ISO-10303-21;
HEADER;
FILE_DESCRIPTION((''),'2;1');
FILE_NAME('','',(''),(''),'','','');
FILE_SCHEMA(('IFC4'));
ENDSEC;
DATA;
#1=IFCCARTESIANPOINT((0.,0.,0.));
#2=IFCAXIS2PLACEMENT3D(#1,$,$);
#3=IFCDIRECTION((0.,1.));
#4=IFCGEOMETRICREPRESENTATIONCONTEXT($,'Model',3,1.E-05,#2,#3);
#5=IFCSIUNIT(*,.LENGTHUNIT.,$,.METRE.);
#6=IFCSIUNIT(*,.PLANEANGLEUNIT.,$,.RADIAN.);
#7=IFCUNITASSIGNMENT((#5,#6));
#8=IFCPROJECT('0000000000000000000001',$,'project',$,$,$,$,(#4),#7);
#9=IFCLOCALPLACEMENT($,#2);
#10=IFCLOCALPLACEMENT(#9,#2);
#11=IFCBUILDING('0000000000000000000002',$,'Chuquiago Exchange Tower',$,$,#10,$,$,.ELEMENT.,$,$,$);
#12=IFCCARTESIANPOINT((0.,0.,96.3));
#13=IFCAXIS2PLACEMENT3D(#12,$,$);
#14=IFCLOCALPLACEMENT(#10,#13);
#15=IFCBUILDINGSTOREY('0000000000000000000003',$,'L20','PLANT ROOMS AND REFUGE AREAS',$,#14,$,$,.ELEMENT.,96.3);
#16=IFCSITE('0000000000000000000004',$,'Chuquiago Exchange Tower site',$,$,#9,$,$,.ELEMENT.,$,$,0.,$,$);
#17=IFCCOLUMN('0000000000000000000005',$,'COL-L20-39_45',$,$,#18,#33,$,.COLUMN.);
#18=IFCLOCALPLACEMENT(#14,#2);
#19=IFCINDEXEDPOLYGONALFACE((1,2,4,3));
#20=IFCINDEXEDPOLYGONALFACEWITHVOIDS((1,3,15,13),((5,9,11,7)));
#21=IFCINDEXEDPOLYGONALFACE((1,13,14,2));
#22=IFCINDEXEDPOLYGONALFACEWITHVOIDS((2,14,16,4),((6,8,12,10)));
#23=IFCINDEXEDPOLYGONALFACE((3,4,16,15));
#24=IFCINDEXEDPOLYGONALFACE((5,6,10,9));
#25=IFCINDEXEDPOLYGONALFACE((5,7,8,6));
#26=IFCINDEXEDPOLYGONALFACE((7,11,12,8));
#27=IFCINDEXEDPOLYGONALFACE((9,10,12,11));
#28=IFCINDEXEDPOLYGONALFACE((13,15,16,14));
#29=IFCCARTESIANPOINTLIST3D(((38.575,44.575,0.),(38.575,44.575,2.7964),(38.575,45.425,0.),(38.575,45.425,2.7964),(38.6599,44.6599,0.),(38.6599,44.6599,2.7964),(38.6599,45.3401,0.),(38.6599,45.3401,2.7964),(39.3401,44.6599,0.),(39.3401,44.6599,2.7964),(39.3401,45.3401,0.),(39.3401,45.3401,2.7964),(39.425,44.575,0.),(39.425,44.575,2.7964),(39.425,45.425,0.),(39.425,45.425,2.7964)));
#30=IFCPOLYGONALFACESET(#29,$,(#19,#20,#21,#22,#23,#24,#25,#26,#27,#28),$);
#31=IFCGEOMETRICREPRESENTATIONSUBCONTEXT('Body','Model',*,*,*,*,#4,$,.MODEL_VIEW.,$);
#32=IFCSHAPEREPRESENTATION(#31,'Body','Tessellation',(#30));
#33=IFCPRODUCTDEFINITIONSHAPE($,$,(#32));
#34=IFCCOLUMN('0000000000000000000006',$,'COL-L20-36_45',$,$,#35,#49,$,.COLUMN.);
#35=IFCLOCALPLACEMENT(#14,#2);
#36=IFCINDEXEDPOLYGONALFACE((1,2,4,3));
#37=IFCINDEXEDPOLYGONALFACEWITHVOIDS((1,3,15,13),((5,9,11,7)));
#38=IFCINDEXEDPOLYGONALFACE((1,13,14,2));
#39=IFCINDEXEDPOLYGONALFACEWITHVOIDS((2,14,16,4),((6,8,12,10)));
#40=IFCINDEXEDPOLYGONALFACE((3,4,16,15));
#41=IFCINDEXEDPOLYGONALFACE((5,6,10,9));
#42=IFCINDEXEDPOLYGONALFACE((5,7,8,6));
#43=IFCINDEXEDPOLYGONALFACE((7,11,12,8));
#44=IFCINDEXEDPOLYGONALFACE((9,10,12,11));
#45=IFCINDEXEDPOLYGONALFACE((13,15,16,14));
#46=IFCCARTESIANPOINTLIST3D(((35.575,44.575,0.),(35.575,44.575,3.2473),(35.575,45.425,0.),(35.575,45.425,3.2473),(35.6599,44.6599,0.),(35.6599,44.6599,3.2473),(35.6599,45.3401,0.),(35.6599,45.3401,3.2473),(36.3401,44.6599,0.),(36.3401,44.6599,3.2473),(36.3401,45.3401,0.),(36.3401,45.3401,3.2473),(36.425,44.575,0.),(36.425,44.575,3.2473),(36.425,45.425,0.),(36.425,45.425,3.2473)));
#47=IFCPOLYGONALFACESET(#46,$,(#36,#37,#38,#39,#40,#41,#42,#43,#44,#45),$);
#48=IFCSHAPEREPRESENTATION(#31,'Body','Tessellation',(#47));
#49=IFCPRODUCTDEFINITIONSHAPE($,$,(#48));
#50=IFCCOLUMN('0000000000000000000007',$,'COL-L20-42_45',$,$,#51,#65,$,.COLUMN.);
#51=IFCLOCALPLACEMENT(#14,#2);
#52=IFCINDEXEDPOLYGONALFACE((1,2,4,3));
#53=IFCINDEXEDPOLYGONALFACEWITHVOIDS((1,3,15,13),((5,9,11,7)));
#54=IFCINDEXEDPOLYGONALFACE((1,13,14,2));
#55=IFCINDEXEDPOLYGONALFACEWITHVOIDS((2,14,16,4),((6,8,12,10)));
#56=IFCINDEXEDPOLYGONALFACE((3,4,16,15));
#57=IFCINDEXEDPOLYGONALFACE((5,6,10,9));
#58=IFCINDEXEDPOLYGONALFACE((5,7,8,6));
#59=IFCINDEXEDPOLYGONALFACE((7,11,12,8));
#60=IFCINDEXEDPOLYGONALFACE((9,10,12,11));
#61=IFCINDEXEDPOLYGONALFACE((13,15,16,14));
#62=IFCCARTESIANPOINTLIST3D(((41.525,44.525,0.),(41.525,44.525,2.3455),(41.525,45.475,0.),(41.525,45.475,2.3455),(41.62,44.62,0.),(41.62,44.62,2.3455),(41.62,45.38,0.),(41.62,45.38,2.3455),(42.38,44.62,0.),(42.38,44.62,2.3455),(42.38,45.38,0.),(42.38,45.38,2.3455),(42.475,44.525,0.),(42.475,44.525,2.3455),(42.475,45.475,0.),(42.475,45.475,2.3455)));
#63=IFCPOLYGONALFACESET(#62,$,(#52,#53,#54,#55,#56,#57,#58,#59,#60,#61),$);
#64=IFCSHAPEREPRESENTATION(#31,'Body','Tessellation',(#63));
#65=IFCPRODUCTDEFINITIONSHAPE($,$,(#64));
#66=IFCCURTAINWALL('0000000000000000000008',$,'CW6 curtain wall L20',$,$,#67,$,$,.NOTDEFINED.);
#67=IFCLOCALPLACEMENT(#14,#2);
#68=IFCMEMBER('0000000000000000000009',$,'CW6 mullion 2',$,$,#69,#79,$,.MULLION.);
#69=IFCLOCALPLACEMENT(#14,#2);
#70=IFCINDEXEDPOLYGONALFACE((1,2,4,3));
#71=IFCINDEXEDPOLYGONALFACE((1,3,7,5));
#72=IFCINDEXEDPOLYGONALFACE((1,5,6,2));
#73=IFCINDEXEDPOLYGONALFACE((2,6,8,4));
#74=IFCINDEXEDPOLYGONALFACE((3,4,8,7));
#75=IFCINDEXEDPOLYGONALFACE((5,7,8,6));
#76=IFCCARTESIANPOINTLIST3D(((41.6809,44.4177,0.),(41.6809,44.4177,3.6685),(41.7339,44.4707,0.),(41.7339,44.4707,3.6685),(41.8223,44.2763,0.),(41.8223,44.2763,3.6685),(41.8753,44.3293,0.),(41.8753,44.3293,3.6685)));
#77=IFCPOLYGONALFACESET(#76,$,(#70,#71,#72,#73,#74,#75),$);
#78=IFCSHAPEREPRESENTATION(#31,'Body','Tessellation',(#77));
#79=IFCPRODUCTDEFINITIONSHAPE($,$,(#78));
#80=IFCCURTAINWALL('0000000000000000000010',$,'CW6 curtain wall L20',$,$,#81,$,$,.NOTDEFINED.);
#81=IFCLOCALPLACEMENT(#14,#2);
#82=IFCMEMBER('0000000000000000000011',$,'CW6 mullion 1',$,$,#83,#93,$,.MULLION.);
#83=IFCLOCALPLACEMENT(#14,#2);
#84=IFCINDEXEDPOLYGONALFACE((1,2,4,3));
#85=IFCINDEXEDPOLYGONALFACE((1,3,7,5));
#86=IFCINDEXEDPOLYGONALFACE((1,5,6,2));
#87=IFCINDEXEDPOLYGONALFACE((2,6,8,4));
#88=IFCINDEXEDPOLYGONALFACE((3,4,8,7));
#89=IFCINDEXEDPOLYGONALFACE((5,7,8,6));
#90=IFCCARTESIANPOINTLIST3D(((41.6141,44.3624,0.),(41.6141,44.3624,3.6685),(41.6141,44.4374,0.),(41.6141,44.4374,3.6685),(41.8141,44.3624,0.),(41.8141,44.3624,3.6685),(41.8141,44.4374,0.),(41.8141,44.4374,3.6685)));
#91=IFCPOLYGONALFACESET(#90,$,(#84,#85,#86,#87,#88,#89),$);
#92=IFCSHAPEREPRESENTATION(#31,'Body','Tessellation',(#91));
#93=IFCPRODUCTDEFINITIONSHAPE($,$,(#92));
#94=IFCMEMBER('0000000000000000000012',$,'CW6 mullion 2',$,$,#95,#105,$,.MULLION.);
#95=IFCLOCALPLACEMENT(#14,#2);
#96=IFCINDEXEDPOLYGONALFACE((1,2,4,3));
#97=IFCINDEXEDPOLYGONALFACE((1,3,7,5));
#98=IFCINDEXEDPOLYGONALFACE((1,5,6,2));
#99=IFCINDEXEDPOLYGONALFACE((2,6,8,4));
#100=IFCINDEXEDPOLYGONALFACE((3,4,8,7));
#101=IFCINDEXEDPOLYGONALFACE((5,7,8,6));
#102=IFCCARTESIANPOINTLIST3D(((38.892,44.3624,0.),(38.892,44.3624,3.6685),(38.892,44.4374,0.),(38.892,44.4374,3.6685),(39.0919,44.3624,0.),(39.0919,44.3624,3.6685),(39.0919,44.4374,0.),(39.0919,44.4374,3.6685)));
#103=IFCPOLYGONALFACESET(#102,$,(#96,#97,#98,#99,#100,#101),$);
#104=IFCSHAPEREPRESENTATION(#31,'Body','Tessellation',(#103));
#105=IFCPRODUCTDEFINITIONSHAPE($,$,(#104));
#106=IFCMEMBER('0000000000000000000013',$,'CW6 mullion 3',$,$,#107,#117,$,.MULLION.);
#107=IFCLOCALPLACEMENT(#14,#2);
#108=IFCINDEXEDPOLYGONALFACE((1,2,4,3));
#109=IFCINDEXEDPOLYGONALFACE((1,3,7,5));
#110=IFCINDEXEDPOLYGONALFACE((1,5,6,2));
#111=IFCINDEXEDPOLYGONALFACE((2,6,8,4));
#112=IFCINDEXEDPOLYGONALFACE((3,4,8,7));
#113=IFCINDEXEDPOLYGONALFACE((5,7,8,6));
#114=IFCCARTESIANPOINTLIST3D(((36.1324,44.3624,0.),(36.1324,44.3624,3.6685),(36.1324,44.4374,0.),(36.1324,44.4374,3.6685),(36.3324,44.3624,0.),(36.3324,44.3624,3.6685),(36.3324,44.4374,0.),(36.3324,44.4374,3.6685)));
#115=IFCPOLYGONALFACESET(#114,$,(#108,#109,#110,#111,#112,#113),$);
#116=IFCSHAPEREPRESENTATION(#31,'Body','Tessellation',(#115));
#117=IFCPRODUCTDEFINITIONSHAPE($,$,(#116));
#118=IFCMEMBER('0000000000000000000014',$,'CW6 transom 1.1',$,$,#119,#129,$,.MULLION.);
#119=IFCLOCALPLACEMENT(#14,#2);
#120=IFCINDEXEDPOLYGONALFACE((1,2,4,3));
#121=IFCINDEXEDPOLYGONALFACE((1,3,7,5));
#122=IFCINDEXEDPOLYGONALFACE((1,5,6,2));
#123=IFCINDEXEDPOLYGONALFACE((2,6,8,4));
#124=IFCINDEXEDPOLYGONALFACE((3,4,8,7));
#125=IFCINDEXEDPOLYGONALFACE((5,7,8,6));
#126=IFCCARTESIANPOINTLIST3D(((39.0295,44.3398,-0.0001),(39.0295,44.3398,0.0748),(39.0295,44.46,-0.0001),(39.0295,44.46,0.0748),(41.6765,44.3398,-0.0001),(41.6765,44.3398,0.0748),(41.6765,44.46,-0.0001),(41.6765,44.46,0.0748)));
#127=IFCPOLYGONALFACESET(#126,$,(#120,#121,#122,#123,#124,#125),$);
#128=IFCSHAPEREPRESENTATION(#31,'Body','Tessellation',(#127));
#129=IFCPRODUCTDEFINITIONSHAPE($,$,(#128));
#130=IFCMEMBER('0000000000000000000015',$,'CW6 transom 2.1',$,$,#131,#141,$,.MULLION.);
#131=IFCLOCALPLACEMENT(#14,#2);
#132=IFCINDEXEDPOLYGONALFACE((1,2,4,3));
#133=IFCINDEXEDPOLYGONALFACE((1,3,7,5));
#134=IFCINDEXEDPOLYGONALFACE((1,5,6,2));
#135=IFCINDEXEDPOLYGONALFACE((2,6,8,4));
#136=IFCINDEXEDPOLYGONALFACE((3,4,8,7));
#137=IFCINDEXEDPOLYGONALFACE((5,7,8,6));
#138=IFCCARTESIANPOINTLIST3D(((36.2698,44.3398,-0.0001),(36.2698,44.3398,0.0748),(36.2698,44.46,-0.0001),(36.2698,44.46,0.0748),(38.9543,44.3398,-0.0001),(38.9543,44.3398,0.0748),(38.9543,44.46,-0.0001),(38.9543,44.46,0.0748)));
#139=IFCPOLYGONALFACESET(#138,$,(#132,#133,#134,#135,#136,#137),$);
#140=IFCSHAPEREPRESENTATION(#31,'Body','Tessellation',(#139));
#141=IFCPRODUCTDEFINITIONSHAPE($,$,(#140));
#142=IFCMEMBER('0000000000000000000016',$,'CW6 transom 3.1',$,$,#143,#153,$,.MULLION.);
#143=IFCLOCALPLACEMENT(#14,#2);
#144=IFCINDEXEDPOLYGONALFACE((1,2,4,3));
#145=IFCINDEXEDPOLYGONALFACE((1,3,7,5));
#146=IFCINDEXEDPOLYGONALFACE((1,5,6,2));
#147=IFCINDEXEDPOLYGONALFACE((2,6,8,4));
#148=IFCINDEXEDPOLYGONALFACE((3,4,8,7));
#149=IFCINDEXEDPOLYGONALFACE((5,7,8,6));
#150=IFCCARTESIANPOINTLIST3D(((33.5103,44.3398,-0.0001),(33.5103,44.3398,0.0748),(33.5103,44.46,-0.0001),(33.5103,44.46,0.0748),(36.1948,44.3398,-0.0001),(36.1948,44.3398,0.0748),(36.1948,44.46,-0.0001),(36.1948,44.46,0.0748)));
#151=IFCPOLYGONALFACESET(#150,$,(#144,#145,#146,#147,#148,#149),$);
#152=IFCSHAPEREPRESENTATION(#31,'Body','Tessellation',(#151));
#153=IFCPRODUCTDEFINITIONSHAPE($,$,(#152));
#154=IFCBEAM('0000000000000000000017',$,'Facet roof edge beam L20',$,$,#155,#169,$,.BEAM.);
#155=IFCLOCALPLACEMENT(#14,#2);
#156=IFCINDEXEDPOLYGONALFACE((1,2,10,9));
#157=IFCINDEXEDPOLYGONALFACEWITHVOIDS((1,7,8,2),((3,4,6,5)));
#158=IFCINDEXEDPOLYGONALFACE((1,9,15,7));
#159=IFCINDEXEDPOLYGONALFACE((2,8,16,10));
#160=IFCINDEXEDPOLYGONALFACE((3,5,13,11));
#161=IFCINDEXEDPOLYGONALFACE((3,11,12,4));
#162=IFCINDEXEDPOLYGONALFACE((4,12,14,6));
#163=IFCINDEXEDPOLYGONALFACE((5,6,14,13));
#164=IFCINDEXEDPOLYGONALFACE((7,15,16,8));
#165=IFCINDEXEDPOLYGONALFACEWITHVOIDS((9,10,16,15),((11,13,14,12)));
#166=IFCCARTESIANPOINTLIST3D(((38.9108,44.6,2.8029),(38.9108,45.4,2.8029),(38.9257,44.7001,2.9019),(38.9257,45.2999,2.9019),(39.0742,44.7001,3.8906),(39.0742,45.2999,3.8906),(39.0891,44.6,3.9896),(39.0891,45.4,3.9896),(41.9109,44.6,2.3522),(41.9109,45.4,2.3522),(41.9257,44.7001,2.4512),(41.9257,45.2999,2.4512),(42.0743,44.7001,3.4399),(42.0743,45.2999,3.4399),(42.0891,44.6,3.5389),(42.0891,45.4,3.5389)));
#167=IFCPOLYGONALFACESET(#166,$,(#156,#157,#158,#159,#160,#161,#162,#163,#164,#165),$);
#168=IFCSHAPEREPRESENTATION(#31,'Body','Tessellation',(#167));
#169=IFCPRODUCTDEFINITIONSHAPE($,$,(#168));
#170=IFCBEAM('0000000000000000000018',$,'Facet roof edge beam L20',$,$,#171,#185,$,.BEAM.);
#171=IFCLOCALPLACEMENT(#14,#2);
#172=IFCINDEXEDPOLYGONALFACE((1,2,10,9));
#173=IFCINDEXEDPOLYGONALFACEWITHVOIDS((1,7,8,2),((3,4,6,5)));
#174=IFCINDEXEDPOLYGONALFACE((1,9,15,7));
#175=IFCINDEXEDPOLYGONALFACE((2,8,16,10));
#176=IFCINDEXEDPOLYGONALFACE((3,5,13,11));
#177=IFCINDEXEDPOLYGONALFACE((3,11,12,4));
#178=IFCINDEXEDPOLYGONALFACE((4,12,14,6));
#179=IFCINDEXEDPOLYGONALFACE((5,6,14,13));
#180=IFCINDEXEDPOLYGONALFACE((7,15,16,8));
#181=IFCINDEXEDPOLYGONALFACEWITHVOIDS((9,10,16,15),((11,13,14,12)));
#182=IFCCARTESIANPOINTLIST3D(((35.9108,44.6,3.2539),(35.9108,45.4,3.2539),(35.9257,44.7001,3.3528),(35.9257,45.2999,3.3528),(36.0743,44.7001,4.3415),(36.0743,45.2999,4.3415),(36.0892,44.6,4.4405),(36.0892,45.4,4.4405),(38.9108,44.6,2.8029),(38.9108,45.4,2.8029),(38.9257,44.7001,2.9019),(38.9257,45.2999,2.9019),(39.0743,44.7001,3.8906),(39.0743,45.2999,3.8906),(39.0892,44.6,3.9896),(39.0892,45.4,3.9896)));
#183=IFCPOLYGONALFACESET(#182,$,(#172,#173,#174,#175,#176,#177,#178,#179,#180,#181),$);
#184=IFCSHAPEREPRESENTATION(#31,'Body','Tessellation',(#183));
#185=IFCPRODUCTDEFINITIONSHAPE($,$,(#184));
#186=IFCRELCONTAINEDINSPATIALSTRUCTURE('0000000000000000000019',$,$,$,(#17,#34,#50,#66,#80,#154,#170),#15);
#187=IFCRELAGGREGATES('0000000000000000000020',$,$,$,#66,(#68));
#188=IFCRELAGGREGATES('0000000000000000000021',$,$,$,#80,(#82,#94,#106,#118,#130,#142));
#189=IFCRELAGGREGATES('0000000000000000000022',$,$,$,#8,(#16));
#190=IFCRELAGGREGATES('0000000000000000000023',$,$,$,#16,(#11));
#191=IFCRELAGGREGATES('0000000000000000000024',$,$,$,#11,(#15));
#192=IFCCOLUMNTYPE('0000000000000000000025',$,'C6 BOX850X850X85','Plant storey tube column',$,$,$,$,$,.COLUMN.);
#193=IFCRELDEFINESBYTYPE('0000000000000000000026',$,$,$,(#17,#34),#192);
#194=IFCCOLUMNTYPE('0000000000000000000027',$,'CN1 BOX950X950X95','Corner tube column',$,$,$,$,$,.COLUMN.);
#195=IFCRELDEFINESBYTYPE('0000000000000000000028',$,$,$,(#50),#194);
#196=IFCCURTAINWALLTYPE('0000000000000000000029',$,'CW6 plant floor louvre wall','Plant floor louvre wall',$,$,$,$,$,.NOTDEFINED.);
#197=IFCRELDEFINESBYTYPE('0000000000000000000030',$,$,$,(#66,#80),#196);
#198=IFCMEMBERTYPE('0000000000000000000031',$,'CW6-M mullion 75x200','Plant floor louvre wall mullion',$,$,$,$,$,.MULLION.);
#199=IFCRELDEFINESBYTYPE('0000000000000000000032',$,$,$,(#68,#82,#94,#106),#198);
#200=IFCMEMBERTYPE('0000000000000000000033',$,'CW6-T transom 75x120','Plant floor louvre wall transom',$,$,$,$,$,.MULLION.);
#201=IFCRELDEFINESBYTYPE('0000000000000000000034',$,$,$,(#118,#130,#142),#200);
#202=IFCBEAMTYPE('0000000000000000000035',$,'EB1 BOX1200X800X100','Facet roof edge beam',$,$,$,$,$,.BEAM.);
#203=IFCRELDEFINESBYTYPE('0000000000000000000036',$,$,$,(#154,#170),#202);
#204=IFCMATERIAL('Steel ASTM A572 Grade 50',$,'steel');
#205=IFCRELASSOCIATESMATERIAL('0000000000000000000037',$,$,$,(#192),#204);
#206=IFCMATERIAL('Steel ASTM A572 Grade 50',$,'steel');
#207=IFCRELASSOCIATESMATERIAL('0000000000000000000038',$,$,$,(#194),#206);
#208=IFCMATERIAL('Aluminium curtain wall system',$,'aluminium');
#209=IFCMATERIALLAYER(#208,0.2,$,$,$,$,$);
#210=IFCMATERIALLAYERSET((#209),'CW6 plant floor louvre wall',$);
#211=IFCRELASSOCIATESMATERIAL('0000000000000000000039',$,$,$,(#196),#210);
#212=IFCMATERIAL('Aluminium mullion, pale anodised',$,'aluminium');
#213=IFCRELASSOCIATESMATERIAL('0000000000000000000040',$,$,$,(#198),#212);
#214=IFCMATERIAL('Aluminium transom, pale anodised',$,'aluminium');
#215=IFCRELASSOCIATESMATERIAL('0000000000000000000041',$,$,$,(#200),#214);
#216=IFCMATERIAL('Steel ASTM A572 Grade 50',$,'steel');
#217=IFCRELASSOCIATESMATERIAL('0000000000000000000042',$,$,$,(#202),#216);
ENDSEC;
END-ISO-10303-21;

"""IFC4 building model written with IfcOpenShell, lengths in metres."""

from ifc_helpers import new_model, si_unit, direction, frame, origin, origin_2d, place, context, subcontext, project, spatial, rectangle, hollow_rectangle, extrude, material, layer, layer_set, material_profile, profile_set, type_object, element, aggregate, save


model = new_model("IFC4")

# Units and contexts
model_context = context("Model", 3, precision=1e-05, world=origin(), true_north=direction((0.0, 1.0)))
body_context = subcontext(model_context, "Body", "Model", "MODEL_VIEW")
ifc_project = project(units=[si_unit("LENGTHUNIT", "METRE"), si_unit("PLANEANGLEUNIT", "RADIAN")], contexts=[model_context])

# Site, building, storey
site_placement = place(None, origin())
site = spatial("IfcSite", under=ifc_project, at=site_placement, Name="Chuquiago Exchange Tower site", CompositionType="ELEMENT", RefElevation=0.0)
building_placement = place(site_placement, origin())
building = spatial("IfcBuilding", under=site, at=building_placement, Name="Chuquiago Exchange Tower", CompositionType="ELEMENT")
storey_placement = place(building_placement, frame((0.0, 0.0, 96.3)))
storey = spatial("IfcBuildingStorey", under=building, at=storey_placement, Name="L20", Description="PLANT ROOMS AND REFUGE AREAS", CompositionType="ELEMENT", Elevation=96.3)

# Columns
ifc_material_1 = material(Name="Steel ASTM A572 Grade 50", Category="steel")
ifc_material_profile_1 = material_profile(ifc_material_1, hollow_rectangle(XDim=0.8501, YDim=0.8501, WallThickness=0.085, at=origin_2d()), Name="BOX850X850X85")
ifc_profile_set_1 = profile_set([ifc_material_profile_1], Name="Steel ASTM A572 Grade 50")
column_type_1 = type_object("IfcColumnType", Name="C6 BOX850X850X85", Description="Plant storey tube column", PredefinedType="COLUMN", material=ifc_profile_set_1)
column_1_placement = place(storey_placement, frame((39.0, 45.0, 0.0), z_axis=(0.0, 0.0, 1.0), x_axis=(0.0, 1.0, 0.0)))
element("IfcColumn", 1, at=column_1_placement, inside=storey, type_object=column_type_1, Name="COL-L20-39_45", PredefinedType="COLUMN", context=body_context, shape_type="SweptSolid", body=[
    extrude(hollow_rectangle(XDim=0.8501, YDim=0.8501, WallThickness=0.085, at=origin_2d()), origin(), (0.0, 0.0, 1.0), 2.7964),
])
column_2_placement = place(storey_placement, frame((36.0, 45.0, 0.0), z_axis=(0.0, 0.0, 1.0), x_axis=(0.0, 1.0, 0.0)))
element("IfcColumn", 2, at=column_2_placement, inside=storey, type_object=column_type_1, Name="COL-L20-36_45", PredefinedType="COLUMN", context=body_context, shape_type="SweptSolid", body=[
    extrude(hollow_rectangle(XDim=0.8501, YDim=0.8501, WallThickness=0.085, at=origin_2d()), origin(), (0.0, 0.0, 1.0), 3.2473),
])
ifc_material_2 = material(Name="Steel ASTM A572 Grade 50", Category="steel")
ifc_material_profile_2 = material_profile(ifc_material_2, hollow_rectangle(XDim=0.95, YDim=0.95, WallThickness=0.095, at=origin_2d()), Name="BOX950X950X95")
ifc_profile_set_2 = profile_set([ifc_material_profile_2], Name="Steel ASTM A572 Grade 50")
column_type_2 = type_object("IfcColumnType", Name="CN1 BOX950X950X95", Description="Corner tube column", PredefinedType="COLUMN", material=ifc_profile_set_2)
column_3_placement = place(storey_placement, frame((42.0, 45.0, 0.0), z_axis=(0.0, 0.0, 1.0), x_axis=(0.0, 1.0, 0.0)))
element("IfcColumn", 3, at=column_3_placement, inside=storey, type_object=column_type_2, Name="COL-L20-42_45", PredefinedType="COLUMN", context=body_context, shape_type="SweptSolid", body=[
    extrude(hollow_rectangle(XDim=0.95, YDim=0.95, WallThickness=0.095, at=origin_2d()), origin(), (0.0, 0.0, 1.0), 2.3455),
])

# Curtain wall, member
ifc_material_3 = material(Name="Aluminium curtain wall system", Category="aluminium")
ifc_layer_1 = layer(ifc_material_3, 0.2)
ifc_layer_set_1 = layer_set([ifc_layer_1], Name="CW6 plant floor louvre wall")
curtain_wall_type = type_object("IfcCurtainWallType", Name="CW6 plant floor louvre wall", Description="Plant floor louvre wall", PredefinedType="NOTDEFINED", material=ifc_layer_set_1)
curtain_wall_1_placement = place(storey_placement, origin())
curtain_wall_1 = element("IfcCurtainWall", 4, at=curtain_wall_1_placement, inside=storey, type_object=curtain_wall_type, Name="CW6 curtain wall L20", PredefinedType="NOTDEFINED")
ifc_material_4 = material(Name="Aluminium mullion, pale anodised", Category="aluminium")
ifc_material_profile_3 = material_profile(ifc_material_4, rectangle(XDim=0.075, YDim=0.2, at=origin_2d()), Name="AL 75x200")
ifc_profile_set_3 = profile_set([ifc_material_profile_3], Name="Aluminium mullion, pale anodised")
member_type_1 = type_object("IfcMemberType", Name="CW6-M mullion 75x200", Description="Plant floor louvre wall mullion", PredefinedType="MULLION", material=ifc_profile_set_3)
member_1_placement = place(storey_placement, frame((41.7781, 44.3735, 0.0), z_axis=(0.0, 0.0, 1.0), x_axis=(-0.707107, -0.707107, 0.0)))
member_1 = element("IfcMember", 5, at=member_1_placement, type_object=member_type_1, Name="CW6 mullion 2", PredefinedType="MULLION", context=body_context, shape_type="SweptSolid", body=[
    extrude(rectangle(XDim=0.075, YDim=0.2, at=origin_2d()), origin(), (0.0, 0.0, 1.0), 3.6685),
])
aggregate(curtain_wall_1, [member_1])

# Curtain wall, members
curtain_wall_2_placement = place(storey_placement, origin())
curtain_wall_2 = element("IfcCurtainWall", 6, at=curtain_wall_2_placement, inside=storey, type_object=curtain_wall_type, Name="CW6 curtain wall L20", PredefinedType="NOTDEFINED")
member_2_placement = place(storey_placement, frame((41.7141, 44.3999, 0.0), z_axis=(0.0, 0.0, 1.0), x_axis=(0.0, -1.0, 0.0)))
member_2 = element("IfcMember", 7, at=member_2_placement, type_object=member_type_1, Name="CW6 mullion 1", PredefinedType="MULLION", context=body_context, shape_type="SweptSolid", body=[
    extrude(rectangle(XDim=0.075, YDim=0.2, at=origin_2d()), origin(), (0.0, 0.0, 1.0), 3.6685),
])
member_3_placement = place(storey_placement, frame((38.9919, 44.3999, 0.0), z_axis=(0.0, 0.0, 1.0), x_axis=(0.0, -1.0, 0.0)))
member_3 = element("IfcMember", 8, at=member_3_placement, type_object=member_type_1, Name="CW6 mullion 2", PredefinedType="MULLION", context=body_context, shape_type="SweptSolid", body=[
    extrude(rectangle(XDim=0.075, YDim=0.2, at=origin_2d()), origin(), (0.0, 0.0, 1.0), 3.6685),
])
member_4_placement = place(storey_placement, frame((36.2324, 44.3999, 0.0), z_axis=(0.0, 0.0, 1.0), x_axis=(0.0, -1.0, 0.0)))
member_4 = element("IfcMember", 9, at=member_4_placement, type_object=member_type_1, Name="CW6 mullion 3", PredefinedType="MULLION", context=body_context, shape_type="SweptSolid", body=[
    extrude(rectangle(XDim=0.075, YDim=0.2, at=origin_2d()), origin(), (0.0, 0.0, 1.0), 3.6685),
])
ifc_material_5 = material(Name="Aluminium transom, pale anodised", Category="aluminium")
ifc_material_profile_4 = material_profile(ifc_material_5, rectangle(XDim=0.1201, YDim=0.075, at=origin_2d()), Name="AL 120x75")
ifc_profile_set_4 = profile_set([ifc_material_profile_4], Name="Aluminium transom, pale anodised")
member_type_2 = type_object("IfcMemberType", Name="CW6-T transom 75x120", Description="Plant floor louvre wall transom", PredefinedType="MULLION", material=ifc_profile_set_4)
member_5_placement = place(storey_placement, frame((41.6765, 44.3999, 0.0374), z_axis=(-1.0, 0.0, 0.0), x_axis=(0.0, -1.0, 0.0)))
member_5 = element("IfcMember", 10, at=member_5_placement, type_object=member_type_2, Name="CW6 transom 1.1", PredefinedType="MULLION", context=body_context, shape_type="SweptSolid", body=[
    extrude(rectangle(XDim=0.1201, YDim=0.075, at=origin_2d()), origin(), (0.0, 0.0, 1.0), 2.647),
])
member_6_placement = place(storey_placement, frame((38.9543, 44.3999, 0.0374), z_axis=(-1.0, 0.0, 0.0), x_axis=(0.0, -1.0, 0.0)))
member_6 = element("IfcMember", 11, at=member_6_placement, type_object=member_type_2, Name="CW6 transom 2.1", PredefinedType="MULLION", context=body_context, shape_type="SweptSolid", body=[
    extrude(rectangle(XDim=0.1201, YDim=0.075, at=origin_2d()), origin(), (0.0, 0.0, 1.0), 2.6846),
])
member_7_placement = place(storey_placement, frame((36.1948, 44.3999, 0.0374), z_axis=(-1.0, 0.0, 0.0), x_axis=(0.0, -1.0, 0.0)))
member_7 = element("IfcMember", 12, at=member_7_placement, type_object=member_type_2, Name="CW6 transom 3.1", PredefinedType="MULLION", context=body_context, shape_type="SweptSolid", body=[
    extrude(rectangle(XDim=0.1201, YDim=0.075, at=origin_2d()), origin(), (0.0, 0.0, 1.0), 2.6846),
])

# Beams
ifc_material_6 = material(Name="Steel ASTM A572 Grade 50", Category="steel")
ifc_material_profile_5 = material_profile(ifc_material_6, hollow_rectangle(XDim=0.8, YDim=1.2, WallThickness=0.1001, at=origin_2d()), Name="BOX1200X800X100")
ifc_profile_set_5 = profile_set([ifc_material_profile_5], Name="Steel ASTM A572 Grade 50")
beam_type_1 = type_object("IfcBeamType", Name="EB1 BOX1200X800X100", Description="Facet roof edge beam", PredefinedType="BEAM", material=ifc_profile_set_5)
for number, where, z_axis, x_axis, name in (
    (13, (42.0, 45.0, 2.9456), (-0.988903, 0.0, 0.148561), (0.0, -1.0, 0.0), "Facet roof edge beam L20"),
    (14, (39.0, 45.0, 3.3962), (-0.988891, 0.0, 0.14864), (0.0, -1.0, 0.0), "Facet roof edge beam L20"),
):
    element("IfcBeam", number, at=place(storey_placement, frame(where, z_axis=z_axis, x_axis=x_axis)), inside=storey, type_object=beam_type_1, Name=name, PredefinedType="BEAM", context=body_context, shape_type="SweptSolid", body=[
        extrude(hollow_rectangle(XDim=0.8, YDim=1.2, WallThickness=0.1001, at=origin_2d()), origin(), (0.0, 0.0, 1.0), 3.0337),
    ])

aggregate(curtain_wall_2, [member_2, member_3, member_4, member_5, member_6, member_7])

save(model, "model.ifc")
